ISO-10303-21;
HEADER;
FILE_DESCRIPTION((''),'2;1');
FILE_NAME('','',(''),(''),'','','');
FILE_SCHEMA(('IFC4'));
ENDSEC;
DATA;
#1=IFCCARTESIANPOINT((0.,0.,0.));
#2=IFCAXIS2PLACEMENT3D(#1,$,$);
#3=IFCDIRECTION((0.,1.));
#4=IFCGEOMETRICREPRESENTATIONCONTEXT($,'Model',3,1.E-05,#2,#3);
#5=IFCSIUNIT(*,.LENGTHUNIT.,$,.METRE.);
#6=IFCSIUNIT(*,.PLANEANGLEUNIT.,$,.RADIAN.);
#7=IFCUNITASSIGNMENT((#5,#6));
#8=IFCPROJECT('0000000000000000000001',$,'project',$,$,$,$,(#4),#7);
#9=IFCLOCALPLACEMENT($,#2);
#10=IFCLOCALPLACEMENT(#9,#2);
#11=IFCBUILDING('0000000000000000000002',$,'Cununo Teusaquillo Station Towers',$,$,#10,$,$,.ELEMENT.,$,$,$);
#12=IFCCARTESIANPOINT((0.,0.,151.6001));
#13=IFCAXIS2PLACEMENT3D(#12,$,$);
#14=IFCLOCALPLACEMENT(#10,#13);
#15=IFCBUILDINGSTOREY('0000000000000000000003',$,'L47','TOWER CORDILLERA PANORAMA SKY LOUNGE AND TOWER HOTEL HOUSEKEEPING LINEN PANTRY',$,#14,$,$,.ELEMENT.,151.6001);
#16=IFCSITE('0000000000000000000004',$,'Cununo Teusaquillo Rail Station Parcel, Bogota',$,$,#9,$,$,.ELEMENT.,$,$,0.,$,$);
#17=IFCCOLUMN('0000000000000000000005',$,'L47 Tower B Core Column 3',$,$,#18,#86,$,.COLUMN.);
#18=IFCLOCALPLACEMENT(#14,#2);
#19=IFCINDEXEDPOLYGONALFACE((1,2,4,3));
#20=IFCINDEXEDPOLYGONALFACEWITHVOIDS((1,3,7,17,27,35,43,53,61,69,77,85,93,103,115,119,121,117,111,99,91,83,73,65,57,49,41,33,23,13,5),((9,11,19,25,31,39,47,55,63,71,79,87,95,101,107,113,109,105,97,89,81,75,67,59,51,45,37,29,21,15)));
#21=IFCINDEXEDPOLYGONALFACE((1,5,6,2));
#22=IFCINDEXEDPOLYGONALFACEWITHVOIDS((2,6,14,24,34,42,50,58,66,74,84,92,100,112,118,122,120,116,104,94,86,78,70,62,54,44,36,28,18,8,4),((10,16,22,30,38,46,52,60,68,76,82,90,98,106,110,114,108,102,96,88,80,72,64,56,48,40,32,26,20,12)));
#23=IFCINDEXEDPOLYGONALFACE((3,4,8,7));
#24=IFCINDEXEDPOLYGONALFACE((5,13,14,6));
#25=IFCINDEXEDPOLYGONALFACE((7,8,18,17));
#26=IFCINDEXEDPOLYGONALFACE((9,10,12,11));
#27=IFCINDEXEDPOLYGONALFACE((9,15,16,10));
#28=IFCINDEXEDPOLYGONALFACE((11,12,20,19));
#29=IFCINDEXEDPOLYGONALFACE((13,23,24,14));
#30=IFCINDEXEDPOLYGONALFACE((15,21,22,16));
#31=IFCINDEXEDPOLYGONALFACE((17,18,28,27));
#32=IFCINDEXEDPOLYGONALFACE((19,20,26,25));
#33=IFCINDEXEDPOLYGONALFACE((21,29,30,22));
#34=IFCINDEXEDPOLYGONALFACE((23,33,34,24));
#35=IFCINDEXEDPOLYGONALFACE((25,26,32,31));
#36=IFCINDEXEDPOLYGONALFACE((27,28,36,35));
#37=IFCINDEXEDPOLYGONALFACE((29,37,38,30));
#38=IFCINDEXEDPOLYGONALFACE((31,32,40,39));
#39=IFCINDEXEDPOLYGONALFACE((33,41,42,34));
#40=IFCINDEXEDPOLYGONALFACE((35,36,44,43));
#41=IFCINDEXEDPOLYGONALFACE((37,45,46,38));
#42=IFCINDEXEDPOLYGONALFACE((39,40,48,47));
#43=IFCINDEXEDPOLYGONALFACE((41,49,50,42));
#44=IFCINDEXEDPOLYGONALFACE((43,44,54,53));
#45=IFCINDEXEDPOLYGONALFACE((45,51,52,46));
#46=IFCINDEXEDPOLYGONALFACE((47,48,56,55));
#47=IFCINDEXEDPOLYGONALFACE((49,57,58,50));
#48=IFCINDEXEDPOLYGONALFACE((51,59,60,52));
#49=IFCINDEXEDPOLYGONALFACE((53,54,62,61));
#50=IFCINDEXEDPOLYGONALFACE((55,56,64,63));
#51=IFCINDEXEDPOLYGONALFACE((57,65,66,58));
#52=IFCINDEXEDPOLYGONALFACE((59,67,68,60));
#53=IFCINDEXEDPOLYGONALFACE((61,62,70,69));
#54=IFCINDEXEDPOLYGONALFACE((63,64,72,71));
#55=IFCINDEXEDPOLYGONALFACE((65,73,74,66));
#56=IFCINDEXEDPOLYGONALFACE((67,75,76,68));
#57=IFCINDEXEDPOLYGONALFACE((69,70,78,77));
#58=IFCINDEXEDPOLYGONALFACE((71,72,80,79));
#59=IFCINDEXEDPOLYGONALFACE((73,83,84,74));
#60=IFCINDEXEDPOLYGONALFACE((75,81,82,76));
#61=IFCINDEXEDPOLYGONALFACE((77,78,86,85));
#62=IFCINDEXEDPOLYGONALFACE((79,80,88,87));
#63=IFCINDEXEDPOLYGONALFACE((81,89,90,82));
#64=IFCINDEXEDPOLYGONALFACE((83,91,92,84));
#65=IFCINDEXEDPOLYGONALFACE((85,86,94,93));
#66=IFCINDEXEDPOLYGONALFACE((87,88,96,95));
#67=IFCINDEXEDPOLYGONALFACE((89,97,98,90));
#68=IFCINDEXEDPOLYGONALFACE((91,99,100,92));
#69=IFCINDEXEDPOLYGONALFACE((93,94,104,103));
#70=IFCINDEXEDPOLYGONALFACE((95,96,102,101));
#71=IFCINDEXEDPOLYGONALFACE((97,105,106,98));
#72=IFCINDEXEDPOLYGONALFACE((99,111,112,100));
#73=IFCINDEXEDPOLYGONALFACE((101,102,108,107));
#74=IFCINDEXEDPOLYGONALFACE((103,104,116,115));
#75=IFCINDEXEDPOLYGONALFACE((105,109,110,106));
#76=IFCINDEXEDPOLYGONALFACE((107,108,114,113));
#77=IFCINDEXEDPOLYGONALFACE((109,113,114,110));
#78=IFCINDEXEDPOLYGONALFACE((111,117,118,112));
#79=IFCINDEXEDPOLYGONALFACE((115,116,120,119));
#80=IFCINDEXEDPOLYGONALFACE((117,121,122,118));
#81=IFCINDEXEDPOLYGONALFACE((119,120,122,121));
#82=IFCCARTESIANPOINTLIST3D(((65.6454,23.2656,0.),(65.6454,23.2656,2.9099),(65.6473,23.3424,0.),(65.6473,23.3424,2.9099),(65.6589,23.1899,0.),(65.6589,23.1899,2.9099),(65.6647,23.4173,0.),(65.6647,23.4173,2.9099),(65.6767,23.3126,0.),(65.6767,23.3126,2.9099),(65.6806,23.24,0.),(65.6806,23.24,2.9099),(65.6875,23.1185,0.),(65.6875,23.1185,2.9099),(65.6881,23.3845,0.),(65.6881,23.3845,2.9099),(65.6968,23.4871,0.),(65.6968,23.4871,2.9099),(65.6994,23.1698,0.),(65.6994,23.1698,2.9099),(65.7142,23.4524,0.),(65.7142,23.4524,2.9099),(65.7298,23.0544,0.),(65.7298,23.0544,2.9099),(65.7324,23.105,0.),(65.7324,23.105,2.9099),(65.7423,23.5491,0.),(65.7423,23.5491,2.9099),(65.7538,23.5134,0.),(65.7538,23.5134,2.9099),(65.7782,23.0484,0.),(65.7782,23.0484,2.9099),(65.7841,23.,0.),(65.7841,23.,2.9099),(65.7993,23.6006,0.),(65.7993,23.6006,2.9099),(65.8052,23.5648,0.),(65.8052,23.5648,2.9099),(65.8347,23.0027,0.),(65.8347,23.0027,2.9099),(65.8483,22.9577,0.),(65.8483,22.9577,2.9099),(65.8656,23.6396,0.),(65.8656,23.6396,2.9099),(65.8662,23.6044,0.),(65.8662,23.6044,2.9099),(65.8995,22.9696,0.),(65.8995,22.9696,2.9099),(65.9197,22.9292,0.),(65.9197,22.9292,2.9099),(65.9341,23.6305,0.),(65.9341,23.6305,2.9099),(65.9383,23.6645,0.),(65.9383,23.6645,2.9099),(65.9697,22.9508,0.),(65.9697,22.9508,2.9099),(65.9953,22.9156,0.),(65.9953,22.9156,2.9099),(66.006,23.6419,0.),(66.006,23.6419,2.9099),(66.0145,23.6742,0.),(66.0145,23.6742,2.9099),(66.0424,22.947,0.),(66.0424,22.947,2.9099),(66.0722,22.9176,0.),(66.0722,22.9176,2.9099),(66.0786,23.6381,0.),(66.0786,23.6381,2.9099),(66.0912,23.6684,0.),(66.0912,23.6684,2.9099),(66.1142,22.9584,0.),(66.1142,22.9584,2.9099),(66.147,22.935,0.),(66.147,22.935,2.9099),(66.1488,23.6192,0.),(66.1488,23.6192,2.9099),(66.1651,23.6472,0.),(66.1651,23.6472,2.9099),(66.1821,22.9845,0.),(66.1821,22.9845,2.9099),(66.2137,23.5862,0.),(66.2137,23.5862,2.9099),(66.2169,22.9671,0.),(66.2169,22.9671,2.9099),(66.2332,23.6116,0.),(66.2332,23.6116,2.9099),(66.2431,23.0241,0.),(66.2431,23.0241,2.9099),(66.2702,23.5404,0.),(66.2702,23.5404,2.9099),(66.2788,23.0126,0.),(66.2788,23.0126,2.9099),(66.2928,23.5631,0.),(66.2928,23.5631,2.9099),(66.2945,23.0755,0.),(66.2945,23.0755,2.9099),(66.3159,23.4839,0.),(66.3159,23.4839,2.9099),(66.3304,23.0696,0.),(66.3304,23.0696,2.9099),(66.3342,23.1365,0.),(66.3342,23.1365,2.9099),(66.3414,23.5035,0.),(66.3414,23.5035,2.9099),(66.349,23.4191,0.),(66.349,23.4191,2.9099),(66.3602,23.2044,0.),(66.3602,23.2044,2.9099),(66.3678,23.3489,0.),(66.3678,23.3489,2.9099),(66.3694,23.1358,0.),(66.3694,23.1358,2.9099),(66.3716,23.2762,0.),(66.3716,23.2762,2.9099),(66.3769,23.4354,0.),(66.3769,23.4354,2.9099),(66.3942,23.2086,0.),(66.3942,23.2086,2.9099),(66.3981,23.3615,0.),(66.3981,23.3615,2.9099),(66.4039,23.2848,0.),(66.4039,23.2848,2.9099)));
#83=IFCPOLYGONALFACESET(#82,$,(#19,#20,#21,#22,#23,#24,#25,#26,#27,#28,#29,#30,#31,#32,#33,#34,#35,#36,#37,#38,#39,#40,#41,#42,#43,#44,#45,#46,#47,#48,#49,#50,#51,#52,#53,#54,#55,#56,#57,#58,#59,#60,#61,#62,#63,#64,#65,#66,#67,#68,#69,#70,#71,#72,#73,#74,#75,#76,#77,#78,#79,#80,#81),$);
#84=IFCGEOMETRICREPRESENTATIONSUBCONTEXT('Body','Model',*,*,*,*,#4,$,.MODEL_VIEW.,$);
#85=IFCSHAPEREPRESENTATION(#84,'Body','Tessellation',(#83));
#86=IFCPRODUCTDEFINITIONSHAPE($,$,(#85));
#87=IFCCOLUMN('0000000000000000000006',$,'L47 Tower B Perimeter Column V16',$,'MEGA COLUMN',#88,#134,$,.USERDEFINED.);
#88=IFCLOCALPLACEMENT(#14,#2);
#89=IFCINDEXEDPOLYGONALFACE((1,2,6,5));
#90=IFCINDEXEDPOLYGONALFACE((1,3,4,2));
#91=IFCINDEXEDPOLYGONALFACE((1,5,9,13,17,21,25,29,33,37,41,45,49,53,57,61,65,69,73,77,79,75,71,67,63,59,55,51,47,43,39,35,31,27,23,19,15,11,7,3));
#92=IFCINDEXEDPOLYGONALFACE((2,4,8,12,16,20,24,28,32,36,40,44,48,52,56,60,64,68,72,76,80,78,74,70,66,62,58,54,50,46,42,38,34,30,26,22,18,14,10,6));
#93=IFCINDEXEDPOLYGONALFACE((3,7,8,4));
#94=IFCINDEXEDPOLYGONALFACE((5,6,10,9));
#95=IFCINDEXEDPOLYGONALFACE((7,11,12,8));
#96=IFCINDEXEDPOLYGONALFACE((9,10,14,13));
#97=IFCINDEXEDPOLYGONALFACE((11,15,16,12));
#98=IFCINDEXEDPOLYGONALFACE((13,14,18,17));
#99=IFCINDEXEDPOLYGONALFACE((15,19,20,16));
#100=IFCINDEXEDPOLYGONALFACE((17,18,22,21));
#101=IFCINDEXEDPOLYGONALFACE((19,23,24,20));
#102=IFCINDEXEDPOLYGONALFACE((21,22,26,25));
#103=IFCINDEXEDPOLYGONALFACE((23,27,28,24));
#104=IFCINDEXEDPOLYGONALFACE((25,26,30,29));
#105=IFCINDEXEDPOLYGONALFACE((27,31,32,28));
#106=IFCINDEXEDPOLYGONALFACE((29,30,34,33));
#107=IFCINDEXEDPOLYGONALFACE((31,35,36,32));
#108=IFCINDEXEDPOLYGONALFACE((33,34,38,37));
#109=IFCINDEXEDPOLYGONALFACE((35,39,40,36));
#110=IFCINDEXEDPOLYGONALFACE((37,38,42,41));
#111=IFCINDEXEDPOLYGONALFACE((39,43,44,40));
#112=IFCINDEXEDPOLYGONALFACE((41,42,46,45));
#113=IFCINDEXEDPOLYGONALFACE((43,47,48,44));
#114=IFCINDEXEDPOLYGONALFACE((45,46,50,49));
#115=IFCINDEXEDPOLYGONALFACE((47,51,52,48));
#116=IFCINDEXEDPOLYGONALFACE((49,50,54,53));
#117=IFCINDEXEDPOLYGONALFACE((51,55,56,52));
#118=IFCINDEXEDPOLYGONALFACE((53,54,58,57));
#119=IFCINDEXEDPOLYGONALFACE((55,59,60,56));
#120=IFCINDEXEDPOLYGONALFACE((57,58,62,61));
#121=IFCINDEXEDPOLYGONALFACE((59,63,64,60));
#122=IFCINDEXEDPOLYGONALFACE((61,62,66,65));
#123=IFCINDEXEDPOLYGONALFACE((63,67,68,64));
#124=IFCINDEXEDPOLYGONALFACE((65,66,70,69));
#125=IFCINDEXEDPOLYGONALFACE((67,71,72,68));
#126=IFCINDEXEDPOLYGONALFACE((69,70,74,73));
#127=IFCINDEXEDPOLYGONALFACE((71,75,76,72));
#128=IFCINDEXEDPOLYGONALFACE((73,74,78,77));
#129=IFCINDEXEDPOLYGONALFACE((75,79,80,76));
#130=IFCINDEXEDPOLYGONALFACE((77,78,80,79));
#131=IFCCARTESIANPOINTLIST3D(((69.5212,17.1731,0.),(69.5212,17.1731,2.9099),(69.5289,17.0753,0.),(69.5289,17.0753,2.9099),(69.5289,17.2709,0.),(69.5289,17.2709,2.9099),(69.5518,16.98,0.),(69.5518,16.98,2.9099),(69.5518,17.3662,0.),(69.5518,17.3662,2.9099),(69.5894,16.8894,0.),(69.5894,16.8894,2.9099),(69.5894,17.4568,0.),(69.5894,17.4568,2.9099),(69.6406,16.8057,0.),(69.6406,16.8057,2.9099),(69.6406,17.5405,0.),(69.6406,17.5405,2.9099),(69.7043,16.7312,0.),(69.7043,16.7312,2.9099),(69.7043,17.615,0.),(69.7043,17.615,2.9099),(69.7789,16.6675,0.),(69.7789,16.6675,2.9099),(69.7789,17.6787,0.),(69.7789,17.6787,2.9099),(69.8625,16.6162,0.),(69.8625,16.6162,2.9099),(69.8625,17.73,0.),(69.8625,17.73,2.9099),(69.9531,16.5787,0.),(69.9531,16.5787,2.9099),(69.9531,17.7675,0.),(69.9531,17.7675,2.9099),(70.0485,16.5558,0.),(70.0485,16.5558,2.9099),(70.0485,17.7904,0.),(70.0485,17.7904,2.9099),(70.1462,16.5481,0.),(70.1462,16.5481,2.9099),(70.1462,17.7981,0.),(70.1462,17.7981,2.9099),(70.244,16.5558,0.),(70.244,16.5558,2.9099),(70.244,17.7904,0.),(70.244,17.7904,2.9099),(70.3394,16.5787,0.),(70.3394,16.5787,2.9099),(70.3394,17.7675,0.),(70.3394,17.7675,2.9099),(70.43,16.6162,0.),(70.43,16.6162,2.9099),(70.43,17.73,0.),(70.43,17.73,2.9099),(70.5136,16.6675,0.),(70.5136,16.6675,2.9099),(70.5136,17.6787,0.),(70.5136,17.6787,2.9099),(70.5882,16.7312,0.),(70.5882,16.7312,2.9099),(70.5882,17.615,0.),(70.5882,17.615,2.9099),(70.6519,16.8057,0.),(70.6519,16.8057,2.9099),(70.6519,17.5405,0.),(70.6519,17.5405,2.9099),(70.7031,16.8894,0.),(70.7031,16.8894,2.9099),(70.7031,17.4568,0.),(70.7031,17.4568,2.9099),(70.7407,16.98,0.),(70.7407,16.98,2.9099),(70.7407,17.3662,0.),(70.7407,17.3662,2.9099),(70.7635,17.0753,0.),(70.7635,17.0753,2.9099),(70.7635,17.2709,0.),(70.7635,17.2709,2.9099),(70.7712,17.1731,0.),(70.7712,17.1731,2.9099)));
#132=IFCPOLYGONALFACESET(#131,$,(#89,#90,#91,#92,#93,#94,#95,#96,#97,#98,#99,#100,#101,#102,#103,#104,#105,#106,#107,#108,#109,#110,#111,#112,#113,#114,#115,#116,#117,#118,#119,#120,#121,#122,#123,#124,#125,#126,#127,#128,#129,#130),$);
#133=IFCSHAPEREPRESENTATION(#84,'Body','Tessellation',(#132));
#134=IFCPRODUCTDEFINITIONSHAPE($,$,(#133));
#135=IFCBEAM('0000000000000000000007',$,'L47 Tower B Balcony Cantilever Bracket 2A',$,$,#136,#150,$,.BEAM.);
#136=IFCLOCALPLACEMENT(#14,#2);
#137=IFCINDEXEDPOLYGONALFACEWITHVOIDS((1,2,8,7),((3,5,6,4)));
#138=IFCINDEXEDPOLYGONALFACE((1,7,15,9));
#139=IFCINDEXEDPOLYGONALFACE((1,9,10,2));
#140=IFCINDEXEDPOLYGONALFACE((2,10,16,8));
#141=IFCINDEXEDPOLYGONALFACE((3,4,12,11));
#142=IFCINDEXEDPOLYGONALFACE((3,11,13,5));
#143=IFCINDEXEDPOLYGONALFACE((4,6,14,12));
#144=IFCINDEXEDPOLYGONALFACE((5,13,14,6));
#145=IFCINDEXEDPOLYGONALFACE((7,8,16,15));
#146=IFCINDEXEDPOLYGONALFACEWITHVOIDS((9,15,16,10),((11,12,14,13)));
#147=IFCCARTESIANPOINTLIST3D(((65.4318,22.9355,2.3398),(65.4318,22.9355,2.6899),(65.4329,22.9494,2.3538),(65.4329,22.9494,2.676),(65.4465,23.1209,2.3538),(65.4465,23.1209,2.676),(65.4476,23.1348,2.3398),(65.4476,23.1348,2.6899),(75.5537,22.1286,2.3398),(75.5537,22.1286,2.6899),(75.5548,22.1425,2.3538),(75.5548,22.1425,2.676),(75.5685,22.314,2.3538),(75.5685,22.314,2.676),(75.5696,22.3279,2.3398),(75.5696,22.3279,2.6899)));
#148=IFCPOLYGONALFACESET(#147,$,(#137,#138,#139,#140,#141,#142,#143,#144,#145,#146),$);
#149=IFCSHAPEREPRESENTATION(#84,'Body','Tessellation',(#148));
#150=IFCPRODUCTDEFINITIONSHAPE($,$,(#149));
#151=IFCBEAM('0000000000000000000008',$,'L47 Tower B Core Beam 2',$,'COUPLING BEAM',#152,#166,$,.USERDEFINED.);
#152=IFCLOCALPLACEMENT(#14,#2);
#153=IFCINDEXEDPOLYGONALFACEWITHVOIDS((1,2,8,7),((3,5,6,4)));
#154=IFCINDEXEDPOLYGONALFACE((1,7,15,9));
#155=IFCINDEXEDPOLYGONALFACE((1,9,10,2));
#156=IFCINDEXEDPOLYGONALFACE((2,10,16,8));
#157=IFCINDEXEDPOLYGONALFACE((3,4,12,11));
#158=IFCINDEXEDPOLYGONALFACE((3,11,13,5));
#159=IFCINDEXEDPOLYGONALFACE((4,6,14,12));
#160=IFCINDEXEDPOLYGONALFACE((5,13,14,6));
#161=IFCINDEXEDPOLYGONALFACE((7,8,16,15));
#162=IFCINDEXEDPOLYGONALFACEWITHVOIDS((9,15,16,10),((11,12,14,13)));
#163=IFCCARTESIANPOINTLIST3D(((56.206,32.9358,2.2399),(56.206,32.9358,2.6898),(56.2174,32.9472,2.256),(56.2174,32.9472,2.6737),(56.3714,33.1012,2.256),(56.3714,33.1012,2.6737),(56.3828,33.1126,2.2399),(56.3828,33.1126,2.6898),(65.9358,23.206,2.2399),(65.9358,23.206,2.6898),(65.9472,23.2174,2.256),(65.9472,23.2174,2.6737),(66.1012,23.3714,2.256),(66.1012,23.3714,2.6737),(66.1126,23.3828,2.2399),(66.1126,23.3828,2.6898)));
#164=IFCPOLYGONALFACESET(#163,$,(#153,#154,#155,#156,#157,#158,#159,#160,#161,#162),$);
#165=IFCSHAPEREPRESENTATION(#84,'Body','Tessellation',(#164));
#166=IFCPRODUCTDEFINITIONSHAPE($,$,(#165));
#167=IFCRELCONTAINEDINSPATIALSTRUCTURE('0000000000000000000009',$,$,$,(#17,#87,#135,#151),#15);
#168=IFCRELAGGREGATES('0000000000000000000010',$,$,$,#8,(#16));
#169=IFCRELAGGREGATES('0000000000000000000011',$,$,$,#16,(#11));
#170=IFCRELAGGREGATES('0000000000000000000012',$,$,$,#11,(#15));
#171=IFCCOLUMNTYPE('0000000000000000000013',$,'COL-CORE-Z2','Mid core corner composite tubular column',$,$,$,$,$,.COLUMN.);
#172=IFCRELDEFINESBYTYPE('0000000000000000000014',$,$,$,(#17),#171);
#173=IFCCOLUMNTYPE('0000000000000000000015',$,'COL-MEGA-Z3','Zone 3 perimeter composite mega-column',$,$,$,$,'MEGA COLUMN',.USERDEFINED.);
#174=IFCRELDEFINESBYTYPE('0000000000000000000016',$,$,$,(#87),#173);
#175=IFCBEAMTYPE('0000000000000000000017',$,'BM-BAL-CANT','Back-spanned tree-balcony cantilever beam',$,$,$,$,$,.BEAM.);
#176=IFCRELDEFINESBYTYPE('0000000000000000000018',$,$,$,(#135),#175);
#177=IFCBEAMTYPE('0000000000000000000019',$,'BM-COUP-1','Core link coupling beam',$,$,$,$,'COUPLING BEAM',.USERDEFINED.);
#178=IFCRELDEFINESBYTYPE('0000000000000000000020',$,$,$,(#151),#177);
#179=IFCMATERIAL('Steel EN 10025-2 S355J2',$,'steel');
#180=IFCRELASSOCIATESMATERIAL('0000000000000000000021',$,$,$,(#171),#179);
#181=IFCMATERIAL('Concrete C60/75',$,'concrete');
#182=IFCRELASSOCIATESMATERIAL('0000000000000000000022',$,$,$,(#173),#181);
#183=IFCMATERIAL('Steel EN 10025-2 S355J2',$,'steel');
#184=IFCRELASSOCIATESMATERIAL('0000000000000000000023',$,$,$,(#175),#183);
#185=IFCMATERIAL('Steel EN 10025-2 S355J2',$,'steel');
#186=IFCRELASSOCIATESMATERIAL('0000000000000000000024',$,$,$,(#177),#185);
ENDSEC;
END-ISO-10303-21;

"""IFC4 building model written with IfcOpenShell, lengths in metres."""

from ifc_helpers import new_model, si_unit, direction, frame, origin, origin_2d, place, context, subcontext, project, spatial, hollow_rectangle, circle, hollow_circle, extrude, material, material_profile, profile_set, type_object, element, save


model = new_model("IFC4")

# Units and contexts
model_context = context("Model", 3, precision=1e-05, world=origin(), true_north=direction((0.0, 1.0)))
body_context = subcontext(model_context, "Body", "Model", "MODEL_VIEW")
ifc_project = project(units=[si_unit("LENGTHUNIT", "METRE"), si_unit("PLANEANGLEUNIT", "RADIAN")], contexts=[model_context])

# Site, building, storey
site_placement = place(None, origin())
site = spatial("IfcSite", under=ifc_project, at=site_placement, Name="Cununo Teusaquillo Rail Station Parcel, Bogota", CompositionType="ELEMENT", RefElevation=0.0)
building_placement = place(site_placement, origin())
building = spatial("IfcBuilding", under=site, at=building_placement, Name="Cununo Teusaquillo Station Towers", CompositionType="ELEMENT")
storey_placement = place(building_placement, frame((0.0, 0.0, 151.6001)))
storey = spatial("IfcBuildingStorey", under=building, at=storey_placement, Name="L47", Description="TOWER CORDILLERA PANORAMA SKY LOUNGE AND TOWER HOTEL HOUSEKEEPING LINEN PANTRY", CompositionType="ELEMENT", Elevation=151.6001)

# Columns
ifc_material_1 = material(Name="Steel EN 10025-2 S355J2", Category="steel")
ifc_material_profile_1 = material_profile(ifc_material_1, hollow_circle(Radius=0.3799, WallThickness=0.032, at=origin_2d()), Name="CHS 760x32")
ifc_profile_set_1 = profile_set([ifc_material_profile_1], Name="Steel EN 10025-2 S355J2")
column_type_1 = type_object("IfcColumnType", Name="COL-CORE-Z2", Description="Mid core corner composite tubular column", PredefinedType="COLUMN", material=ifc_profile_set_1)
column_1_placement = place(storey_placement, frame((66.0242, 23.2944, 0.0), z_axis=(0.0, 0.0, 1.0), x_axis=(0.707107, 0.707107, 0.0)))
element("IfcColumn", 1, at=column_1_placement, inside=storey, type_object=column_type_1, Name="L47 Tower B Core Column 3", PredefinedType="COLUMN", context=body_context, shape_type="SweptSolid", body=[
    extrude(hollow_circle(Radius=0.3799, WallThickness=0.032, at=origin_2d()), origin(), (0.0, 0.0, 1.0), 2.9099),
])
ifc_material_2 = material(Name="Concrete C60/75", Category="concrete")
ifc_material_profile_2 = material_profile(ifc_material_2, circle(Radius=0.625, at=origin_2d()), Name="RC-CIRC-1250")
ifc_profile_set_2 = profile_set([ifc_material_profile_2], Name="Concrete C60/75")
column_type_2 = type_object("IfcColumnType", Name="COL-MEGA-Z3", Description="Zone 3 perimeter composite mega-column", ElementType="MEGA COLUMN", PredefinedType="USERDEFINED", material=ifc_profile_set_2)
column_2_placement = place(storey_placement, frame((70.1462, 17.1731, 0.0), z_axis=(0.0, 0.0, 1.0), x_axis=(1.0, 0.0, 0.0)))
element("IfcColumn", 2, at=column_2_placement, inside=storey, type_object=column_type_2, Name="L47 Tower B Perimeter Column V16", ObjectType="MEGA COLUMN", PredefinedType="USERDEFINED", context=body_context, shape_type="SweptSolid", body=[
    extrude(circle(Radius=0.625, at=origin_2d()), origin(), (0.0, 0.0, 1.0), 2.9099),
])

# Beams
ifc_material_3 = material(Name="Steel EN 10025-2 S355J2", Category="steel")
ifc_material_profile_3 = material_profile(ifc_material_3, hollow_rectangle(XDim=0.2, YDim=0.3501, WallThickness=0.0139, at=origin_2d()), Name="RHS 350x200x14")
ifc_profile_set_3 = profile_set([ifc_material_profile_3], Name="Steel EN 10025-2 S355J2")
beam_type_1 = type_object("IfcBeamType", Name="BM-BAL-CANT", Description="Back-spanned tree-balcony cantilever beam", PredefinedType="BEAM", material=ifc_profile_set_3)
beam_1_placement = place(storey_placement, frame((65.4397, 23.0352, 2.5149), z_axis=(0.996838, -0.079465, 0.0), x_axis=(0.079465, 0.996838, 0.0)))
element("IfcBeam", 3, at=beam_1_placement, inside=storey, type_object=beam_type_1, Name="L47 Tower B Balcony Cantilever Bracket 2A", PredefinedType="BEAM", context=body_context, shape_type="SweptSolid", body=[
    extrude(hollow_rectangle(XDim=0.2, YDim=0.3501, WallThickness=0.0139, at=origin_2d()), origin(), (0.0, 0.0, 1.0), 10.1541),
])
ifc_material_4 = material(Name="Steel EN 10025-2 S355J2", Category="steel")
ifc_material_profile_4 = material_profile(ifc_material_4, hollow_rectangle(XDim=0.25, YDim=0.45, WallThickness=0.0161, at=origin_2d()), Name="RHS 450x250x16")
ifc_profile_set_4 = profile_set([ifc_material_profile_4], Name="Steel EN 10025-2 S355J2")
beam_type_2 = type_object("IfcBeamType", Name="BM-COUP-1", Description="Core link coupling beam", ElementType="COUPLING BEAM", PredefinedType="USERDEFINED", material=ifc_profile_set_4)
beam_2_placement = place(storey_placement, frame((66.0242, 23.2944, 2.4648), z_axis=(-0.707107, 0.707107, 0.0), x_axis=(-0.707107, -0.707107, 0.0)))
element("IfcBeam", 4, at=beam_2_placement, inside=storey, type_object=beam_type_2, Name="L47 Tower B Core Beam 2", ObjectType="COUPLING BEAM", PredefinedType="USERDEFINED", context=body_context, shape_type="SweptSolid", body=[
    extrude(hollow_rectangle(XDim=0.25, YDim=0.45, WallThickness=0.0161, at=origin_2d()), origin(), (0.0, 0.0, 1.0), 13.76),
])

save(model, "model.ifc")
